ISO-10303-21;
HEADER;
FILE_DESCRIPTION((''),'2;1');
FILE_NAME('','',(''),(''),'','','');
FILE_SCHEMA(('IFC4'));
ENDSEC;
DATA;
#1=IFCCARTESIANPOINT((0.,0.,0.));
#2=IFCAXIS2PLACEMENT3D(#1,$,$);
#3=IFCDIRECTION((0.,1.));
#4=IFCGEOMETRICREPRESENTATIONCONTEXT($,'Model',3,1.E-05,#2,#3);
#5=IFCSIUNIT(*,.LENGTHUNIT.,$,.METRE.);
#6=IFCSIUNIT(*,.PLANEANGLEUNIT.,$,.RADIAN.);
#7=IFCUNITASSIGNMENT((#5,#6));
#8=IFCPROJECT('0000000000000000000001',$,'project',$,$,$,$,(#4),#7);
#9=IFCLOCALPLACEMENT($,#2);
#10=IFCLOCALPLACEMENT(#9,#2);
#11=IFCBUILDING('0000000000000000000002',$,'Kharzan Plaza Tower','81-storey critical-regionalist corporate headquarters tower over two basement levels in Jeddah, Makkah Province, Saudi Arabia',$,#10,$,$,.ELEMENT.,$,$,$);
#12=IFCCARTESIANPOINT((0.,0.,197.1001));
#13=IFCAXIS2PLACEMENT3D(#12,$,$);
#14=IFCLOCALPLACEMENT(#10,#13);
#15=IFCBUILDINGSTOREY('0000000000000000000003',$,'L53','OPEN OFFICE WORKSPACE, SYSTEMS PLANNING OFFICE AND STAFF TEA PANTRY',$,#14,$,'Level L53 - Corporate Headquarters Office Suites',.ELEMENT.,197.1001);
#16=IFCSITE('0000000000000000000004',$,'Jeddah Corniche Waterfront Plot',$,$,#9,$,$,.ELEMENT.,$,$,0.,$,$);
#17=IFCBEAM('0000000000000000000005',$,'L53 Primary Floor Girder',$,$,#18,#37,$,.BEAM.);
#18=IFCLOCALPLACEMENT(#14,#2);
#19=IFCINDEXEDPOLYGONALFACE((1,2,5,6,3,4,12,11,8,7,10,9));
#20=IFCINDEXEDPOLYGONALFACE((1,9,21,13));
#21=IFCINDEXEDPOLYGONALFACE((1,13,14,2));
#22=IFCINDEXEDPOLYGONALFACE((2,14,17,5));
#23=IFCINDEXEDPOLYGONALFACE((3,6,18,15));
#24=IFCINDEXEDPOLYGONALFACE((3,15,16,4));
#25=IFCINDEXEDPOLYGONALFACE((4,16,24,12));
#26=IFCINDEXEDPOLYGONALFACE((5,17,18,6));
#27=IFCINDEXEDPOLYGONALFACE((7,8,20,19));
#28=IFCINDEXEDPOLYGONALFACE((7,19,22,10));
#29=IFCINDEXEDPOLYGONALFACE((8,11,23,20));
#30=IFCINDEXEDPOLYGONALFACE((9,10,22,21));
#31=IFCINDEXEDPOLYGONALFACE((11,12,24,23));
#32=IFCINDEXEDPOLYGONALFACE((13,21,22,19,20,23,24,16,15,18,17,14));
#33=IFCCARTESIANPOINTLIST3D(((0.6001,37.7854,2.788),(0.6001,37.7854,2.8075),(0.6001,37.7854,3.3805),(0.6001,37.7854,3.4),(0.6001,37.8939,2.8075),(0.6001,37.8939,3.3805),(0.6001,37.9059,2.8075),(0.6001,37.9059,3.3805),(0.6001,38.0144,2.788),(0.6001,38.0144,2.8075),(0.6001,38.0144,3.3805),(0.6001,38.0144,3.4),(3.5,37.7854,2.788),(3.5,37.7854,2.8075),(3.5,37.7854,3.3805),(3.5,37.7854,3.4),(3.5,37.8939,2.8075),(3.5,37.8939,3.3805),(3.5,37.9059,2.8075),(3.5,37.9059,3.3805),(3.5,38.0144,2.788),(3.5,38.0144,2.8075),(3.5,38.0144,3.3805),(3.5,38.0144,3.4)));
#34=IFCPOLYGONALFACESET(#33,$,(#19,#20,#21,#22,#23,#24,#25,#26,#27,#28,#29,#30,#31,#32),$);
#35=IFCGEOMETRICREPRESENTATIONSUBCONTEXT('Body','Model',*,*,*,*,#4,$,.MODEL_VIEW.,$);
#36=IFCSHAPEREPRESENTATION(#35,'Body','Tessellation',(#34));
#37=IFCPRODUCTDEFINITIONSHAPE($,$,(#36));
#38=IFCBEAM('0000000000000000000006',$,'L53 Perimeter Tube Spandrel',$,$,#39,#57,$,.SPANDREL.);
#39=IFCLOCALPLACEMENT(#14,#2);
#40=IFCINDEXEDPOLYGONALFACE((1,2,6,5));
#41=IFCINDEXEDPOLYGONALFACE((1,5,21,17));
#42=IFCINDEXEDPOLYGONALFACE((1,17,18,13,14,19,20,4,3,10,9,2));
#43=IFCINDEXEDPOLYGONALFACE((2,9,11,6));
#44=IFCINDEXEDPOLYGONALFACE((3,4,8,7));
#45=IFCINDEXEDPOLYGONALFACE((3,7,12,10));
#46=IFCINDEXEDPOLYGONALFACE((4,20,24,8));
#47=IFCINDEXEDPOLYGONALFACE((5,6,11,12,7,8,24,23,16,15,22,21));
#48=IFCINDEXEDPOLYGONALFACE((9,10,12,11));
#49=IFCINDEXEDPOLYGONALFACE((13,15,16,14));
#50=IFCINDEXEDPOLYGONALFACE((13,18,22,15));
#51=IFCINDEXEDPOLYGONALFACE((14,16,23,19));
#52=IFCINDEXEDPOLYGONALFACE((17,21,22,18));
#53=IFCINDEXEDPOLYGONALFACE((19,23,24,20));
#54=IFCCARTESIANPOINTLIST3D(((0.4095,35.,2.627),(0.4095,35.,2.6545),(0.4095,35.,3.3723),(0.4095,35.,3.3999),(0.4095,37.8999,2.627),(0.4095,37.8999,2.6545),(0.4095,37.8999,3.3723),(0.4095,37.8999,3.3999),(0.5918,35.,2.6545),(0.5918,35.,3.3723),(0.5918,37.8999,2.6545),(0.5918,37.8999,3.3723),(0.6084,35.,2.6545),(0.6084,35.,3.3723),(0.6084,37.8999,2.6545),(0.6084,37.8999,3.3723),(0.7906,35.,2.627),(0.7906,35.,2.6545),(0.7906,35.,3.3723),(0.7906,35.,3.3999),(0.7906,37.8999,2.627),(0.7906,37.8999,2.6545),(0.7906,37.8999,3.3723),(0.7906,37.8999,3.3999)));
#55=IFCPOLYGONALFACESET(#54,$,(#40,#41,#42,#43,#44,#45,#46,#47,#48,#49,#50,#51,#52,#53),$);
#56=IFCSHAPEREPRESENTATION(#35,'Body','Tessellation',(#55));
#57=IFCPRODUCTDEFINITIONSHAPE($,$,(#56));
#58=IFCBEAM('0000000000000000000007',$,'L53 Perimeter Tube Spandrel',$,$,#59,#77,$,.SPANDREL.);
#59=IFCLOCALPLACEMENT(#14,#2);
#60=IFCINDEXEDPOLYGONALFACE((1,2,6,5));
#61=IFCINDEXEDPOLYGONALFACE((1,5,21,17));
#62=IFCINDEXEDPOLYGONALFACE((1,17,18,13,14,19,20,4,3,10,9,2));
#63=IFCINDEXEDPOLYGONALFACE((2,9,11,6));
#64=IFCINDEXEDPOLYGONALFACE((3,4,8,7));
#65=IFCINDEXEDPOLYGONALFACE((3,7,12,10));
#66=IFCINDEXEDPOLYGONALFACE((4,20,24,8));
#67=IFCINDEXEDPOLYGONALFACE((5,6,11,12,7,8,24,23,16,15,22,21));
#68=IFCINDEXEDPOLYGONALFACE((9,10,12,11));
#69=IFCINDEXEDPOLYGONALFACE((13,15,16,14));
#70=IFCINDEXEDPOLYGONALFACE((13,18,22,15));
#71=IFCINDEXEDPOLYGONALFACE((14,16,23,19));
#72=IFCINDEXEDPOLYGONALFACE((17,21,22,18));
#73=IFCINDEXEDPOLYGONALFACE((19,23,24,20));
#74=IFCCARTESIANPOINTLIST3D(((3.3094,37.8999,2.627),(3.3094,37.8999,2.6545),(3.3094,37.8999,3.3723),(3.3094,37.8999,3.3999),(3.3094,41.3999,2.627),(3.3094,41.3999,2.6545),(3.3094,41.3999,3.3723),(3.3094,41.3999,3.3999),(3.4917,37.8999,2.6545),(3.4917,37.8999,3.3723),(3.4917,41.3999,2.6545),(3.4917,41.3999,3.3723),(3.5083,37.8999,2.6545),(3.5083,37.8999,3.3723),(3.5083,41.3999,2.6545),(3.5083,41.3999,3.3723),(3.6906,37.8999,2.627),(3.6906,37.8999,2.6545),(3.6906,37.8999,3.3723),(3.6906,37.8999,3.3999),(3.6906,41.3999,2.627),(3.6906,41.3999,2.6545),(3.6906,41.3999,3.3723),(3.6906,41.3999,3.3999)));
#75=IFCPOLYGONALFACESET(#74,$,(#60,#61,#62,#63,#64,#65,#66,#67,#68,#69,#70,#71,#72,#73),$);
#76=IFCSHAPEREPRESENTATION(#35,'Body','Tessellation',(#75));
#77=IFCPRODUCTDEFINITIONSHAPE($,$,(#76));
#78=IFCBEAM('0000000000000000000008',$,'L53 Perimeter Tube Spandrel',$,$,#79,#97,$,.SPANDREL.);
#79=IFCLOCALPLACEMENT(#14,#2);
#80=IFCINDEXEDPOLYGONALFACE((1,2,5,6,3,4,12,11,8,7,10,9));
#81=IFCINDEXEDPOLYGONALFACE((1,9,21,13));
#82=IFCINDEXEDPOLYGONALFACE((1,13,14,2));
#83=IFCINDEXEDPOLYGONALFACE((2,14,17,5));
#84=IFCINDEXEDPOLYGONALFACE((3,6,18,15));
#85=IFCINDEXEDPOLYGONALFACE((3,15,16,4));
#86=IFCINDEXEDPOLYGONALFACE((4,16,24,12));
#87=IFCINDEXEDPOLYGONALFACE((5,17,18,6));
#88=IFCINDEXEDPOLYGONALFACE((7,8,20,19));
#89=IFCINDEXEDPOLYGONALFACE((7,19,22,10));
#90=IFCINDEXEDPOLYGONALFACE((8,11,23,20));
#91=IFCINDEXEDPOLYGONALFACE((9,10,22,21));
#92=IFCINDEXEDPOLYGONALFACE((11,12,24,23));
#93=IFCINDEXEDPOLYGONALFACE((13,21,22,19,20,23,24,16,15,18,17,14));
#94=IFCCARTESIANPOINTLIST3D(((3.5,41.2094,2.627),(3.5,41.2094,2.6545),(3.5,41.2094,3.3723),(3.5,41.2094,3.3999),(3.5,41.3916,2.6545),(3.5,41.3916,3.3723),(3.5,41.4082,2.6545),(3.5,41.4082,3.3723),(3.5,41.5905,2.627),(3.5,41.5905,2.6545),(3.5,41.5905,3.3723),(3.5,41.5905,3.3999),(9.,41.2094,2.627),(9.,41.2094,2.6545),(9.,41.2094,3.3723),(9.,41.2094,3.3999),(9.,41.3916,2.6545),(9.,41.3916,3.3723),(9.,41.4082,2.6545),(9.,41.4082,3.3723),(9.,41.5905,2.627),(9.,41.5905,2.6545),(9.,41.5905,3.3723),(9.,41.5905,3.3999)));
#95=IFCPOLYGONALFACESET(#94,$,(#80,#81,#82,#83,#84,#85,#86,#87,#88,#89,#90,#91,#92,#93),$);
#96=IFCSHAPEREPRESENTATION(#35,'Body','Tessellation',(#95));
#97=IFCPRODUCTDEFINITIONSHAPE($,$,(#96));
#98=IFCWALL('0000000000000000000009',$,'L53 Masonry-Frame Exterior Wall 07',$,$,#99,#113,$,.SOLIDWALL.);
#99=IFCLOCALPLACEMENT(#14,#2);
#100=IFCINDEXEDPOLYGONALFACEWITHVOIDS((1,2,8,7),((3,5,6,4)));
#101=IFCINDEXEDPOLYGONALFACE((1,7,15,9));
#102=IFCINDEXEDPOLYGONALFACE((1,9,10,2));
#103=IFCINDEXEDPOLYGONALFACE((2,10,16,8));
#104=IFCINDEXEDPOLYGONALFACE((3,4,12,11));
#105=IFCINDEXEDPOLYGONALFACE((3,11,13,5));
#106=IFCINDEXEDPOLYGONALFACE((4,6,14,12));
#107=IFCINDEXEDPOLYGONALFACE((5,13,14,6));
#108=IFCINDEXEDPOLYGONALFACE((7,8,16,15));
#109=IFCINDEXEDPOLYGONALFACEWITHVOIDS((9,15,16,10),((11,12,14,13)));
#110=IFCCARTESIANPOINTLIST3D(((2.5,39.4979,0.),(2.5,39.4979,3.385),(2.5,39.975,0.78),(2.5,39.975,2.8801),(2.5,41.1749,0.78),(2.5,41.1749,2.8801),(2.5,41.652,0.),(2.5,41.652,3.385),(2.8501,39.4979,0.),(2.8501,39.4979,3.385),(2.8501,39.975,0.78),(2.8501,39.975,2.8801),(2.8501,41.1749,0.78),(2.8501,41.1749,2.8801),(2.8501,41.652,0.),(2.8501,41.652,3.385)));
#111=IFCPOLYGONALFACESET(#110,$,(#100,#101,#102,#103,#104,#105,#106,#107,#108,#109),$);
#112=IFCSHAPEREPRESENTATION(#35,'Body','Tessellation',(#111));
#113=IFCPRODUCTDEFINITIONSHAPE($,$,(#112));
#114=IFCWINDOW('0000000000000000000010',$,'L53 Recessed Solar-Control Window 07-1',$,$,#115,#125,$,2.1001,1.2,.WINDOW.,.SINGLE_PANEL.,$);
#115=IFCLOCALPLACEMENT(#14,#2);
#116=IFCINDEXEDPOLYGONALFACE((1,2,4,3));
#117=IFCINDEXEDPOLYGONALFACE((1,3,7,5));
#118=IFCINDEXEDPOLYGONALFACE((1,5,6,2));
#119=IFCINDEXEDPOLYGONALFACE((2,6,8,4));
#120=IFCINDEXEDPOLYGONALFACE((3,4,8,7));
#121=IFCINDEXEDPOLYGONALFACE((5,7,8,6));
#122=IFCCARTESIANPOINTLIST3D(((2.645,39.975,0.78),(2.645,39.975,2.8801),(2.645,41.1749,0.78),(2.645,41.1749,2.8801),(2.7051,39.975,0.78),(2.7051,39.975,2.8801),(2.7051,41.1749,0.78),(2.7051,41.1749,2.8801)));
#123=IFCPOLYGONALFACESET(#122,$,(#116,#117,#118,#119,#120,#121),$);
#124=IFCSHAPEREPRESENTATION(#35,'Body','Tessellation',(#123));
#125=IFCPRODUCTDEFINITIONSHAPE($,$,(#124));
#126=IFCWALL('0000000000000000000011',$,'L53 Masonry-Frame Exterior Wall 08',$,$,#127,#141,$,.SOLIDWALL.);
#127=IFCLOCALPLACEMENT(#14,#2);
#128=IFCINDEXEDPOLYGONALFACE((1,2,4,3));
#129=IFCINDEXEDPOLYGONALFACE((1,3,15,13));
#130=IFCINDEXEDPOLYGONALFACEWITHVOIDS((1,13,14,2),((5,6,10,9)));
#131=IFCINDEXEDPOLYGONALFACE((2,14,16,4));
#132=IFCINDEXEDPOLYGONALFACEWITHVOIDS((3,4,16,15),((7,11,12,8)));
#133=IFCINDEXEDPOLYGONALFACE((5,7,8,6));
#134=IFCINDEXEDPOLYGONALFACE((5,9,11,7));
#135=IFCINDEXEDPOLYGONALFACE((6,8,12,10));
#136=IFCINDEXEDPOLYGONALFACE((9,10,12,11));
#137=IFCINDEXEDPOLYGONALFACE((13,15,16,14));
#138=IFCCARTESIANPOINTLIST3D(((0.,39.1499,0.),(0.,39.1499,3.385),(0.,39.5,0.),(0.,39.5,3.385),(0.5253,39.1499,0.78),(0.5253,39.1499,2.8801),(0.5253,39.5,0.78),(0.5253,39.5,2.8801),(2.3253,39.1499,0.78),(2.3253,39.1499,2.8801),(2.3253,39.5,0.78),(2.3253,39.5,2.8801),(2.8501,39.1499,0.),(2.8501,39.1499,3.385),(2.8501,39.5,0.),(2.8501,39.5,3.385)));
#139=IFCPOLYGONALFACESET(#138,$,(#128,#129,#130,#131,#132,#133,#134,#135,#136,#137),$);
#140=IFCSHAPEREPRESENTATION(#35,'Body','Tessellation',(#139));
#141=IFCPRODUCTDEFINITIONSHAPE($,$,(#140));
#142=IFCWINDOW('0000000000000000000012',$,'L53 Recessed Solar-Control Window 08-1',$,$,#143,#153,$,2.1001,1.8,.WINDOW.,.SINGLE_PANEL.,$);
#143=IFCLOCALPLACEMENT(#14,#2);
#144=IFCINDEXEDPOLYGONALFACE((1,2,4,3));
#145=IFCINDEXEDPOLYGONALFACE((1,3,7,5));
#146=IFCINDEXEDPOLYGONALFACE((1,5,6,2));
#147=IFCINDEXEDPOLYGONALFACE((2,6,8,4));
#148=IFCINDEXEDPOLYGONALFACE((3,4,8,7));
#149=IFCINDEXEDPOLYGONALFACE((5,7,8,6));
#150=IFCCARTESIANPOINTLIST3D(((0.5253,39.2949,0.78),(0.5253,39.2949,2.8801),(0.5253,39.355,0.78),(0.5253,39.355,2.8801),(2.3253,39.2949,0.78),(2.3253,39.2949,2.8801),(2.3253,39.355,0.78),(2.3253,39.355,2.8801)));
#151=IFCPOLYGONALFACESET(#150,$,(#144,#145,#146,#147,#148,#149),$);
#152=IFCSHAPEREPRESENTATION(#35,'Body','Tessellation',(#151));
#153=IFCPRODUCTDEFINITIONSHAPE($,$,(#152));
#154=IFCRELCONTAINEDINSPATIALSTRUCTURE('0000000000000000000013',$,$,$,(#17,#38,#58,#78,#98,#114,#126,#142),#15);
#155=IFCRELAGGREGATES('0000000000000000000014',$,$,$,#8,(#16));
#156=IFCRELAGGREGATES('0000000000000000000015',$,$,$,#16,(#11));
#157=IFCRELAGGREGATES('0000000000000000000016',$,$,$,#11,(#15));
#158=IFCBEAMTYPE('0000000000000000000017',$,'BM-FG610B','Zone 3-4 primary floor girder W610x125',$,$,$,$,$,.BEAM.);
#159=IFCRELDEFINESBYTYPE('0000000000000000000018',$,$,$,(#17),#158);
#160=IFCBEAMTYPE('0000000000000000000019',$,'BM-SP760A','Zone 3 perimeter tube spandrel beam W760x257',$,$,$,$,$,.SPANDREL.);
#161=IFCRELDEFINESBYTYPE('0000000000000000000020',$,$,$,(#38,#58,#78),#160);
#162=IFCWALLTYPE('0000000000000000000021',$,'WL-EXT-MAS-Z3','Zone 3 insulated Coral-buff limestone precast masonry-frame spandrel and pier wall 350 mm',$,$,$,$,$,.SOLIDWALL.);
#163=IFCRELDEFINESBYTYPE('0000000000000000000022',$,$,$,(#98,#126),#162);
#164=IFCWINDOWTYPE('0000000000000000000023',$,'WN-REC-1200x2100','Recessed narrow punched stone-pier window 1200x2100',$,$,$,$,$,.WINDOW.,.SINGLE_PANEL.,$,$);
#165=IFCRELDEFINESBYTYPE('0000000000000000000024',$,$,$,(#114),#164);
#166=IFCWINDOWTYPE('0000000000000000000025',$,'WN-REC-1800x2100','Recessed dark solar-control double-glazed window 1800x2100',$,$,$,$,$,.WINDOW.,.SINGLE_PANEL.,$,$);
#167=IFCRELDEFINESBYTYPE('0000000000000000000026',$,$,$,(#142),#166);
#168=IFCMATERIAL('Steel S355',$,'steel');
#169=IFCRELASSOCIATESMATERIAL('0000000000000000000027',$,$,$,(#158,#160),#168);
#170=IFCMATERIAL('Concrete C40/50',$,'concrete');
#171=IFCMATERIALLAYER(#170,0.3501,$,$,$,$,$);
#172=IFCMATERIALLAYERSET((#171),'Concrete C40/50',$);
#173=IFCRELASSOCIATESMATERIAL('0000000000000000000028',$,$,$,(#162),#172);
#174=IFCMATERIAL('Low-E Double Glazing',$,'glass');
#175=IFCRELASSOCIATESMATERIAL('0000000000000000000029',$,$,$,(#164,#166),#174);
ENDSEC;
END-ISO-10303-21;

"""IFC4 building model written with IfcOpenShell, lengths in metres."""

from ifc_helpers import new_model, si_unit, direction, frame, frame_2d, origin, origin_2d, place, context, subcontext, project, spatial, rectangle, i_section, extrude, source, transform, mapped, material, layer, layer_set, material_profile, profile_set, type_object, element, fill, save


model = new_model("IFC4")

# Units and contexts
model_context = context("Model", 3, precision=1e-05, world=origin(), true_north=direction((0.0, 1.0)))
body_context = subcontext(model_context, "Body", "Model", "MODEL_VIEW")
ifc_project = project(units=[si_unit("LENGTHUNIT", "METRE"), si_unit("PLANEANGLEUNIT", "RADIAN")], contexts=[model_context])

# Site, building, storey
site_placement = place(None, origin())
site = spatial("IfcSite", under=ifc_project, at=site_placement, Name="Jeddah Corniche Waterfront Plot", CompositionType="ELEMENT", RefElevation=0.0)
building_placement = place(site_placement, origin())
building = spatial("IfcBuilding", under=site, at=building_placement, Name="Kharzan Plaza Tower", Description="81-storey critical-regionalist corporate headquarters tower over two basement levels in Jeddah, Makkah Province, Saudi Arabia", CompositionType="ELEMENT")
storey_placement = place(building_placement, frame((0.0, 0.0, 197.1001)))
storey = spatial("IfcBuildingStorey", under=building, at=storey_placement, Name="L53", Description="OPEN OFFICE WORKSPACE, SYSTEMS PLANNING OFFICE AND STAFF TEA PANTRY", LongName="Level L53 - Corporate Headquarters Office Suites", CompositionType="ELEMENT", Elevation=197.1001)

# Beams
ifc_material_1 = material(Name="Steel S355", Category="steel")
ifc_material_profile_1 = material_profile(ifc_material_1, i_section(OverallWidth=0.229, OverallDepth=0.6121, WebThickness=0.012, FlangeThickness=0.0195, at=origin_2d()), Name="W610x125")
ifc_profile_set_1 = profile_set([ifc_material_profile_1], Name="Steel S355")
beam_type_1 = type_object("IfcBeamType", Name="BM-FG610B", Description="Zone 3-4 primary floor girder W610x125", PredefinedType="BEAM", material=ifc_profile_set_1)
shared_shape_1 = source(origin(), body_context, "Body", "SweptSolid", [
    extrude(i_section(OverallWidth=0.229, OverallDepth=0.6121, WebThickness=0.012, FlangeThickness=0.0195, at=origin_2d()), origin(), (0.0, 0.0, 1.0), 2.8999),
])
beam_1_placement = place(storey_placement, frame((0.6001, 37.8999, 3.094), z_axis=(1.0, 0.0, 0.0), x_axis=(0.0, 1.0, 0.0)))
element("IfcBeam", 1, at=beam_1_placement, inside=storey, type_object=beam_type_1, Name="L53 Primary Floor Girder", PredefinedType="BEAM", context=body_context, shape_type="MappedRepresentation", body=[
    mapped(shared_shape_1, transform((0.0, 0.0, 0.0), x_axis=(1.0, 0.0, 0.0), y_axis=(0.0, 1.0, 0.0), z_axis=(0.0, 0.0, 1.0))),
])
ifc_material_profile_2 = material_profile(ifc_material_1, i_section(OverallWidth=0.3811, OverallDepth=0.7729, WebThickness=0.0166, FlangeThickness=0.0276, at=origin_2d()), Name="W760x257")
ifc_profile_set_2 = profile_set([ifc_material_profile_2], Name="Steel S355")
beam_type_2 = type_object("IfcBeamType", Name="BM-SP760A", Description="Zone 3 perimeter tube spandrel beam W760x257", PredefinedType="SPANDREL", material=ifc_profile_set_2)
shared_shape_2 = source(origin(), body_context, "Body", "SweptSolid", [
    extrude(i_section(OverallWidth=0.3811, OverallDepth=0.7729, WebThickness=0.0166, FlangeThickness=0.0276, at=origin_2d()), origin(), (0.0, 0.0, 1.0), 2.8999),
])
beam_2_placement = place(storey_placement, frame((0.6001, 35.0, 3.0134), z_axis=(0.0, 1.0, 0.0), x_axis=(-1.0, 0.0, 0.0)))
element("IfcBeam", 2, at=beam_2_placement, inside=storey, type_object=beam_type_2, Name="L53 Perimeter Tube Spandrel", PredefinedType="SPANDREL", context=body_context, shape_type="MappedRepresentation", body=[
    mapped(shared_shape_2, transform((0.0, 0.0, 0.0), x_axis=(1.0, 0.0, 0.0), y_axis=(0.0, 1.0, 0.0), z_axis=(0.0, 0.0, 1.0))),
])
shared_shape_3 = source(origin(), body_context, "Body", "SweptSolid", [
    extrude(i_section(OverallWidth=0.3811, OverallDepth=0.7729, WebThickness=0.0166, FlangeThickness=0.0276, at=origin_2d()), origin(), (0.0, 0.0, 1.0), 3.5),
])
beam_3_placement = place(storey_placement, frame((3.5, 37.8999, 3.0134), z_axis=(0.0, 1.0, 0.0), x_axis=(-1.0, 0.0, 0.0)))
element("IfcBeam", 3, at=beam_3_placement, inside=storey, type_object=beam_type_2, Name="L53 Perimeter Tube Spandrel", PredefinedType="SPANDREL", context=body_context, shape_type="MappedRepresentation", body=[
    mapped(shared_shape_3, transform((0.0, 0.0, 0.0), x_axis=(1.0, 0.0, 0.0), y_axis=(0.0, 1.0, 0.0), z_axis=(0.0, 0.0, 1.0))),
])
shared_shape_4 = source(origin(), body_context, "Body", "SweptSolid", [
    extrude(i_section(OverallWidth=0.3811, OverallDepth=0.7729, WebThickness=0.0166, FlangeThickness=0.0276, at=origin_2d()), origin(), (0.0, 0.0, 1.0), 5.5),
])
beam_4_placement = place(storey_placement, frame((3.5, 41.3999, 3.0134), z_axis=(1.0, 0.0, 0.0), x_axis=(0.0, 1.0, 0.0)))
element("IfcBeam", 4, at=beam_4_placement, inside=storey, type_object=beam_type_2, Name="L53 Perimeter Tube Spandrel", PredefinedType="SPANDREL", context=body_context, shape_type="MappedRepresentation", body=[
    mapped(shared_shape_4, transform((0.0, 0.0, 0.0), x_axis=(1.0, 0.0, 0.0), y_axis=(0.0, 1.0, 0.0), z_axis=(0.0, 0.0, 1.0))),
])

# Walls, openings, windows
ifc_material_2 = material(Name="Concrete C40/50", Category="concrete")
ifc_layer_1 = layer(ifc_material_2, 0.3501)
ifc_layer_set_1 = layer_set([ifc_layer_1], Name="Concrete C40/50")
wall_type_1 = type_object("IfcWallType", Name="WL-EXT-MAS-Z3", Description="Zone 3 insulated Coral-buff limestone precast masonry-frame spandrel and pier wall 350 mm", PredefinedType="SOLIDWALL", material=ifc_layer_set_1)
wall_1_placement = place(storey_placement, frame((2.675, 41.6521, 0.0), z_axis=(0.0, 0.0, 1.0), x_axis=(0.0, -1.0, 0.0)))
wall_1 = element("IfcWall", 5, at=wall_1_placement, inside=storey, type_object=wall_type_1, Name="L53 Masonry-Frame Exterior Wall 07", PredefinedType="SOLIDWALL", context=body_context, shape_type="SweptSolid", body=[
    extrude(rectangle(XDim=2.1541, YDim=0.3501, at=frame_2d((1.0771, 0.0))), origin(), (0.0, 0.0, 1.0), 3.385),
])
opening_1_placement = place(wall_1_placement, frame((0.4771, 0.0, 0.78)))
opening_1 = element("IfcOpeningElement", 6, at=opening_1_placement, cuts=wall_1, PredefinedType="OPENING", context=body_context, shape_type="SweptSolid", body=[
    extrude(rectangle(XDim=1.2, YDim=2.1001, at=frame_2d((0.6001, 1.05))), frame((0.0, 0.1851, 0.0), z_axis=(0.0, -1.0, 0.0), x_axis=(1.0, 0.0, 0.0)), (0.0, 0.0, 1.0), 0.3701),
])
ifc_material_3 = material(Name="Low-E Double Glazing", Category="glass")
window_type_1 = type_object("IfcWindowType", Name="WN-REC-1200x2100", Description="Recessed narrow punched stone-pier window 1200x2100", PartitioningType="SINGLE_PANEL", PredefinedType="WINDOW", material=ifc_material_3)
shared_shape_5 = source(origin(), body_context, "Body", "SweptSolid", [
    extrude(rectangle(XDim=1.2, YDim=2.1001, at=frame_2d((0.6001, 1.05))), frame((0.0, 0.03, 0.0), z_axis=(0.0, -1.0, 0.0), x_axis=(1.0, 0.0, 0.0)), (0.0, 0.0, 1.0), 0.0601),
])
window_1_placement = place(opening_1_placement, origin())
window_1 = element("IfcWindow", 7, at=window_1_placement, inside=storey, type_object=window_type_1, Name="L53 Recessed Solar-Control Window 07-1", OverallHeight=2.1001, OverallWidth=1.2, PartitioningType="SINGLE_PANEL", PredefinedType="WINDOW", context=body_context, shape_type="MappedRepresentation", body=[
    mapped(shared_shape_5, transform((0.0, 0.0, 0.0), x_axis=(1.0, 0.0, 0.0), y_axis=(0.0, 1.0, 0.0), z_axis=(0.0, 0.0, 1.0))),
])
fill(opening_1, window_1)
wall_2_placement = place(storey_placement, frame((2.8501, 39.325, 0.0), z_axis=(0.0, 0.0, 1.0), x_axis=(-1.0, 0.0, 0.0)))
wall_2 = element("IfcWall", 8, at=wall_2_placement, inside=storey, type_object=wall_type_1, Name="L53 Masonry-Frame Exterior Wall 08", PredefinedType="SOLIDWALL", context=body_context, shape_type="SweptSolid", body=[
    extrude(rectangle(XDim=2.8501, YDim=0.3501, at=frame_2d((1.425, 0.0))), origin(), (0.0, 0.0, 1.0), 3.385),
])
opening_2_placement = place(wall_2_placement, frame((0.5249, 0.0, 0.78)))
opening_2 = element("IfcOpeningElement", 9, at=opening_2_placement, cuts=wall_2, PredefinedType="OPENING", context=body_context, shape_type="SweptSolid", body=[
    extrude(rectangle(XDim=1.8, YDim=2.1001, at=frame_2d((0.8999, 1.05))), frame((0.0, 0.1851, 0.0), z_axis=(0.0, -1.0, 0.0), x_axis=(1.0, 0.0, 0.0)), (0.0, 0.0, 1.0), 0.3701),
])
window_type_2 = type_object("IfcWindowType", Name="WN-REC-1800x2100", Description="Recessed dark solar-control double-glazed window 1800x2100", PartitioningType="SINGLE_PANEL", PredefinedType="WINDOW", material=ifc_material_3)
shared_shape_6 = source(origin(), body_context, "Body", "SweptSolid", [
    extrude(rectangle(XDim=1.8, YDim=2.1001, at=frame_2d((0.8999, 1.05))), frame((0.0, 0.03, 0.0), z_axis=(0.0, -1.0, 0.0), x_axis=(1.0, 0.0, 0.0)), (0.0, 0.0, 1.0), 0.0601),
])
window_2_placement = place(opening_2_placement, origin())
window_2 = element("IfcWindow", 10, at=window_2_placement, inside=storey, type_object=window_type_2, Name="L53 Recessed Solar-Control Window 08-1", OverallHeight=2.1001, OverallWidth=1.8, PartitioningType="SINGLE_PANEL", PredefinedType="WINDOW", context=body_context, shape_type="MappedRepresentation", body=[
    mapped(shared_shape_6, transform((0.0, 0.0, 0.0), x_axis=(1.0, 0.0, 0.0), y_axis=(0.0, 1.0, 0.0), z_axis=(0.0, 0.0, 1.0))),
])
fill(opening_2, window_2)

save(model, "model.ifc")
